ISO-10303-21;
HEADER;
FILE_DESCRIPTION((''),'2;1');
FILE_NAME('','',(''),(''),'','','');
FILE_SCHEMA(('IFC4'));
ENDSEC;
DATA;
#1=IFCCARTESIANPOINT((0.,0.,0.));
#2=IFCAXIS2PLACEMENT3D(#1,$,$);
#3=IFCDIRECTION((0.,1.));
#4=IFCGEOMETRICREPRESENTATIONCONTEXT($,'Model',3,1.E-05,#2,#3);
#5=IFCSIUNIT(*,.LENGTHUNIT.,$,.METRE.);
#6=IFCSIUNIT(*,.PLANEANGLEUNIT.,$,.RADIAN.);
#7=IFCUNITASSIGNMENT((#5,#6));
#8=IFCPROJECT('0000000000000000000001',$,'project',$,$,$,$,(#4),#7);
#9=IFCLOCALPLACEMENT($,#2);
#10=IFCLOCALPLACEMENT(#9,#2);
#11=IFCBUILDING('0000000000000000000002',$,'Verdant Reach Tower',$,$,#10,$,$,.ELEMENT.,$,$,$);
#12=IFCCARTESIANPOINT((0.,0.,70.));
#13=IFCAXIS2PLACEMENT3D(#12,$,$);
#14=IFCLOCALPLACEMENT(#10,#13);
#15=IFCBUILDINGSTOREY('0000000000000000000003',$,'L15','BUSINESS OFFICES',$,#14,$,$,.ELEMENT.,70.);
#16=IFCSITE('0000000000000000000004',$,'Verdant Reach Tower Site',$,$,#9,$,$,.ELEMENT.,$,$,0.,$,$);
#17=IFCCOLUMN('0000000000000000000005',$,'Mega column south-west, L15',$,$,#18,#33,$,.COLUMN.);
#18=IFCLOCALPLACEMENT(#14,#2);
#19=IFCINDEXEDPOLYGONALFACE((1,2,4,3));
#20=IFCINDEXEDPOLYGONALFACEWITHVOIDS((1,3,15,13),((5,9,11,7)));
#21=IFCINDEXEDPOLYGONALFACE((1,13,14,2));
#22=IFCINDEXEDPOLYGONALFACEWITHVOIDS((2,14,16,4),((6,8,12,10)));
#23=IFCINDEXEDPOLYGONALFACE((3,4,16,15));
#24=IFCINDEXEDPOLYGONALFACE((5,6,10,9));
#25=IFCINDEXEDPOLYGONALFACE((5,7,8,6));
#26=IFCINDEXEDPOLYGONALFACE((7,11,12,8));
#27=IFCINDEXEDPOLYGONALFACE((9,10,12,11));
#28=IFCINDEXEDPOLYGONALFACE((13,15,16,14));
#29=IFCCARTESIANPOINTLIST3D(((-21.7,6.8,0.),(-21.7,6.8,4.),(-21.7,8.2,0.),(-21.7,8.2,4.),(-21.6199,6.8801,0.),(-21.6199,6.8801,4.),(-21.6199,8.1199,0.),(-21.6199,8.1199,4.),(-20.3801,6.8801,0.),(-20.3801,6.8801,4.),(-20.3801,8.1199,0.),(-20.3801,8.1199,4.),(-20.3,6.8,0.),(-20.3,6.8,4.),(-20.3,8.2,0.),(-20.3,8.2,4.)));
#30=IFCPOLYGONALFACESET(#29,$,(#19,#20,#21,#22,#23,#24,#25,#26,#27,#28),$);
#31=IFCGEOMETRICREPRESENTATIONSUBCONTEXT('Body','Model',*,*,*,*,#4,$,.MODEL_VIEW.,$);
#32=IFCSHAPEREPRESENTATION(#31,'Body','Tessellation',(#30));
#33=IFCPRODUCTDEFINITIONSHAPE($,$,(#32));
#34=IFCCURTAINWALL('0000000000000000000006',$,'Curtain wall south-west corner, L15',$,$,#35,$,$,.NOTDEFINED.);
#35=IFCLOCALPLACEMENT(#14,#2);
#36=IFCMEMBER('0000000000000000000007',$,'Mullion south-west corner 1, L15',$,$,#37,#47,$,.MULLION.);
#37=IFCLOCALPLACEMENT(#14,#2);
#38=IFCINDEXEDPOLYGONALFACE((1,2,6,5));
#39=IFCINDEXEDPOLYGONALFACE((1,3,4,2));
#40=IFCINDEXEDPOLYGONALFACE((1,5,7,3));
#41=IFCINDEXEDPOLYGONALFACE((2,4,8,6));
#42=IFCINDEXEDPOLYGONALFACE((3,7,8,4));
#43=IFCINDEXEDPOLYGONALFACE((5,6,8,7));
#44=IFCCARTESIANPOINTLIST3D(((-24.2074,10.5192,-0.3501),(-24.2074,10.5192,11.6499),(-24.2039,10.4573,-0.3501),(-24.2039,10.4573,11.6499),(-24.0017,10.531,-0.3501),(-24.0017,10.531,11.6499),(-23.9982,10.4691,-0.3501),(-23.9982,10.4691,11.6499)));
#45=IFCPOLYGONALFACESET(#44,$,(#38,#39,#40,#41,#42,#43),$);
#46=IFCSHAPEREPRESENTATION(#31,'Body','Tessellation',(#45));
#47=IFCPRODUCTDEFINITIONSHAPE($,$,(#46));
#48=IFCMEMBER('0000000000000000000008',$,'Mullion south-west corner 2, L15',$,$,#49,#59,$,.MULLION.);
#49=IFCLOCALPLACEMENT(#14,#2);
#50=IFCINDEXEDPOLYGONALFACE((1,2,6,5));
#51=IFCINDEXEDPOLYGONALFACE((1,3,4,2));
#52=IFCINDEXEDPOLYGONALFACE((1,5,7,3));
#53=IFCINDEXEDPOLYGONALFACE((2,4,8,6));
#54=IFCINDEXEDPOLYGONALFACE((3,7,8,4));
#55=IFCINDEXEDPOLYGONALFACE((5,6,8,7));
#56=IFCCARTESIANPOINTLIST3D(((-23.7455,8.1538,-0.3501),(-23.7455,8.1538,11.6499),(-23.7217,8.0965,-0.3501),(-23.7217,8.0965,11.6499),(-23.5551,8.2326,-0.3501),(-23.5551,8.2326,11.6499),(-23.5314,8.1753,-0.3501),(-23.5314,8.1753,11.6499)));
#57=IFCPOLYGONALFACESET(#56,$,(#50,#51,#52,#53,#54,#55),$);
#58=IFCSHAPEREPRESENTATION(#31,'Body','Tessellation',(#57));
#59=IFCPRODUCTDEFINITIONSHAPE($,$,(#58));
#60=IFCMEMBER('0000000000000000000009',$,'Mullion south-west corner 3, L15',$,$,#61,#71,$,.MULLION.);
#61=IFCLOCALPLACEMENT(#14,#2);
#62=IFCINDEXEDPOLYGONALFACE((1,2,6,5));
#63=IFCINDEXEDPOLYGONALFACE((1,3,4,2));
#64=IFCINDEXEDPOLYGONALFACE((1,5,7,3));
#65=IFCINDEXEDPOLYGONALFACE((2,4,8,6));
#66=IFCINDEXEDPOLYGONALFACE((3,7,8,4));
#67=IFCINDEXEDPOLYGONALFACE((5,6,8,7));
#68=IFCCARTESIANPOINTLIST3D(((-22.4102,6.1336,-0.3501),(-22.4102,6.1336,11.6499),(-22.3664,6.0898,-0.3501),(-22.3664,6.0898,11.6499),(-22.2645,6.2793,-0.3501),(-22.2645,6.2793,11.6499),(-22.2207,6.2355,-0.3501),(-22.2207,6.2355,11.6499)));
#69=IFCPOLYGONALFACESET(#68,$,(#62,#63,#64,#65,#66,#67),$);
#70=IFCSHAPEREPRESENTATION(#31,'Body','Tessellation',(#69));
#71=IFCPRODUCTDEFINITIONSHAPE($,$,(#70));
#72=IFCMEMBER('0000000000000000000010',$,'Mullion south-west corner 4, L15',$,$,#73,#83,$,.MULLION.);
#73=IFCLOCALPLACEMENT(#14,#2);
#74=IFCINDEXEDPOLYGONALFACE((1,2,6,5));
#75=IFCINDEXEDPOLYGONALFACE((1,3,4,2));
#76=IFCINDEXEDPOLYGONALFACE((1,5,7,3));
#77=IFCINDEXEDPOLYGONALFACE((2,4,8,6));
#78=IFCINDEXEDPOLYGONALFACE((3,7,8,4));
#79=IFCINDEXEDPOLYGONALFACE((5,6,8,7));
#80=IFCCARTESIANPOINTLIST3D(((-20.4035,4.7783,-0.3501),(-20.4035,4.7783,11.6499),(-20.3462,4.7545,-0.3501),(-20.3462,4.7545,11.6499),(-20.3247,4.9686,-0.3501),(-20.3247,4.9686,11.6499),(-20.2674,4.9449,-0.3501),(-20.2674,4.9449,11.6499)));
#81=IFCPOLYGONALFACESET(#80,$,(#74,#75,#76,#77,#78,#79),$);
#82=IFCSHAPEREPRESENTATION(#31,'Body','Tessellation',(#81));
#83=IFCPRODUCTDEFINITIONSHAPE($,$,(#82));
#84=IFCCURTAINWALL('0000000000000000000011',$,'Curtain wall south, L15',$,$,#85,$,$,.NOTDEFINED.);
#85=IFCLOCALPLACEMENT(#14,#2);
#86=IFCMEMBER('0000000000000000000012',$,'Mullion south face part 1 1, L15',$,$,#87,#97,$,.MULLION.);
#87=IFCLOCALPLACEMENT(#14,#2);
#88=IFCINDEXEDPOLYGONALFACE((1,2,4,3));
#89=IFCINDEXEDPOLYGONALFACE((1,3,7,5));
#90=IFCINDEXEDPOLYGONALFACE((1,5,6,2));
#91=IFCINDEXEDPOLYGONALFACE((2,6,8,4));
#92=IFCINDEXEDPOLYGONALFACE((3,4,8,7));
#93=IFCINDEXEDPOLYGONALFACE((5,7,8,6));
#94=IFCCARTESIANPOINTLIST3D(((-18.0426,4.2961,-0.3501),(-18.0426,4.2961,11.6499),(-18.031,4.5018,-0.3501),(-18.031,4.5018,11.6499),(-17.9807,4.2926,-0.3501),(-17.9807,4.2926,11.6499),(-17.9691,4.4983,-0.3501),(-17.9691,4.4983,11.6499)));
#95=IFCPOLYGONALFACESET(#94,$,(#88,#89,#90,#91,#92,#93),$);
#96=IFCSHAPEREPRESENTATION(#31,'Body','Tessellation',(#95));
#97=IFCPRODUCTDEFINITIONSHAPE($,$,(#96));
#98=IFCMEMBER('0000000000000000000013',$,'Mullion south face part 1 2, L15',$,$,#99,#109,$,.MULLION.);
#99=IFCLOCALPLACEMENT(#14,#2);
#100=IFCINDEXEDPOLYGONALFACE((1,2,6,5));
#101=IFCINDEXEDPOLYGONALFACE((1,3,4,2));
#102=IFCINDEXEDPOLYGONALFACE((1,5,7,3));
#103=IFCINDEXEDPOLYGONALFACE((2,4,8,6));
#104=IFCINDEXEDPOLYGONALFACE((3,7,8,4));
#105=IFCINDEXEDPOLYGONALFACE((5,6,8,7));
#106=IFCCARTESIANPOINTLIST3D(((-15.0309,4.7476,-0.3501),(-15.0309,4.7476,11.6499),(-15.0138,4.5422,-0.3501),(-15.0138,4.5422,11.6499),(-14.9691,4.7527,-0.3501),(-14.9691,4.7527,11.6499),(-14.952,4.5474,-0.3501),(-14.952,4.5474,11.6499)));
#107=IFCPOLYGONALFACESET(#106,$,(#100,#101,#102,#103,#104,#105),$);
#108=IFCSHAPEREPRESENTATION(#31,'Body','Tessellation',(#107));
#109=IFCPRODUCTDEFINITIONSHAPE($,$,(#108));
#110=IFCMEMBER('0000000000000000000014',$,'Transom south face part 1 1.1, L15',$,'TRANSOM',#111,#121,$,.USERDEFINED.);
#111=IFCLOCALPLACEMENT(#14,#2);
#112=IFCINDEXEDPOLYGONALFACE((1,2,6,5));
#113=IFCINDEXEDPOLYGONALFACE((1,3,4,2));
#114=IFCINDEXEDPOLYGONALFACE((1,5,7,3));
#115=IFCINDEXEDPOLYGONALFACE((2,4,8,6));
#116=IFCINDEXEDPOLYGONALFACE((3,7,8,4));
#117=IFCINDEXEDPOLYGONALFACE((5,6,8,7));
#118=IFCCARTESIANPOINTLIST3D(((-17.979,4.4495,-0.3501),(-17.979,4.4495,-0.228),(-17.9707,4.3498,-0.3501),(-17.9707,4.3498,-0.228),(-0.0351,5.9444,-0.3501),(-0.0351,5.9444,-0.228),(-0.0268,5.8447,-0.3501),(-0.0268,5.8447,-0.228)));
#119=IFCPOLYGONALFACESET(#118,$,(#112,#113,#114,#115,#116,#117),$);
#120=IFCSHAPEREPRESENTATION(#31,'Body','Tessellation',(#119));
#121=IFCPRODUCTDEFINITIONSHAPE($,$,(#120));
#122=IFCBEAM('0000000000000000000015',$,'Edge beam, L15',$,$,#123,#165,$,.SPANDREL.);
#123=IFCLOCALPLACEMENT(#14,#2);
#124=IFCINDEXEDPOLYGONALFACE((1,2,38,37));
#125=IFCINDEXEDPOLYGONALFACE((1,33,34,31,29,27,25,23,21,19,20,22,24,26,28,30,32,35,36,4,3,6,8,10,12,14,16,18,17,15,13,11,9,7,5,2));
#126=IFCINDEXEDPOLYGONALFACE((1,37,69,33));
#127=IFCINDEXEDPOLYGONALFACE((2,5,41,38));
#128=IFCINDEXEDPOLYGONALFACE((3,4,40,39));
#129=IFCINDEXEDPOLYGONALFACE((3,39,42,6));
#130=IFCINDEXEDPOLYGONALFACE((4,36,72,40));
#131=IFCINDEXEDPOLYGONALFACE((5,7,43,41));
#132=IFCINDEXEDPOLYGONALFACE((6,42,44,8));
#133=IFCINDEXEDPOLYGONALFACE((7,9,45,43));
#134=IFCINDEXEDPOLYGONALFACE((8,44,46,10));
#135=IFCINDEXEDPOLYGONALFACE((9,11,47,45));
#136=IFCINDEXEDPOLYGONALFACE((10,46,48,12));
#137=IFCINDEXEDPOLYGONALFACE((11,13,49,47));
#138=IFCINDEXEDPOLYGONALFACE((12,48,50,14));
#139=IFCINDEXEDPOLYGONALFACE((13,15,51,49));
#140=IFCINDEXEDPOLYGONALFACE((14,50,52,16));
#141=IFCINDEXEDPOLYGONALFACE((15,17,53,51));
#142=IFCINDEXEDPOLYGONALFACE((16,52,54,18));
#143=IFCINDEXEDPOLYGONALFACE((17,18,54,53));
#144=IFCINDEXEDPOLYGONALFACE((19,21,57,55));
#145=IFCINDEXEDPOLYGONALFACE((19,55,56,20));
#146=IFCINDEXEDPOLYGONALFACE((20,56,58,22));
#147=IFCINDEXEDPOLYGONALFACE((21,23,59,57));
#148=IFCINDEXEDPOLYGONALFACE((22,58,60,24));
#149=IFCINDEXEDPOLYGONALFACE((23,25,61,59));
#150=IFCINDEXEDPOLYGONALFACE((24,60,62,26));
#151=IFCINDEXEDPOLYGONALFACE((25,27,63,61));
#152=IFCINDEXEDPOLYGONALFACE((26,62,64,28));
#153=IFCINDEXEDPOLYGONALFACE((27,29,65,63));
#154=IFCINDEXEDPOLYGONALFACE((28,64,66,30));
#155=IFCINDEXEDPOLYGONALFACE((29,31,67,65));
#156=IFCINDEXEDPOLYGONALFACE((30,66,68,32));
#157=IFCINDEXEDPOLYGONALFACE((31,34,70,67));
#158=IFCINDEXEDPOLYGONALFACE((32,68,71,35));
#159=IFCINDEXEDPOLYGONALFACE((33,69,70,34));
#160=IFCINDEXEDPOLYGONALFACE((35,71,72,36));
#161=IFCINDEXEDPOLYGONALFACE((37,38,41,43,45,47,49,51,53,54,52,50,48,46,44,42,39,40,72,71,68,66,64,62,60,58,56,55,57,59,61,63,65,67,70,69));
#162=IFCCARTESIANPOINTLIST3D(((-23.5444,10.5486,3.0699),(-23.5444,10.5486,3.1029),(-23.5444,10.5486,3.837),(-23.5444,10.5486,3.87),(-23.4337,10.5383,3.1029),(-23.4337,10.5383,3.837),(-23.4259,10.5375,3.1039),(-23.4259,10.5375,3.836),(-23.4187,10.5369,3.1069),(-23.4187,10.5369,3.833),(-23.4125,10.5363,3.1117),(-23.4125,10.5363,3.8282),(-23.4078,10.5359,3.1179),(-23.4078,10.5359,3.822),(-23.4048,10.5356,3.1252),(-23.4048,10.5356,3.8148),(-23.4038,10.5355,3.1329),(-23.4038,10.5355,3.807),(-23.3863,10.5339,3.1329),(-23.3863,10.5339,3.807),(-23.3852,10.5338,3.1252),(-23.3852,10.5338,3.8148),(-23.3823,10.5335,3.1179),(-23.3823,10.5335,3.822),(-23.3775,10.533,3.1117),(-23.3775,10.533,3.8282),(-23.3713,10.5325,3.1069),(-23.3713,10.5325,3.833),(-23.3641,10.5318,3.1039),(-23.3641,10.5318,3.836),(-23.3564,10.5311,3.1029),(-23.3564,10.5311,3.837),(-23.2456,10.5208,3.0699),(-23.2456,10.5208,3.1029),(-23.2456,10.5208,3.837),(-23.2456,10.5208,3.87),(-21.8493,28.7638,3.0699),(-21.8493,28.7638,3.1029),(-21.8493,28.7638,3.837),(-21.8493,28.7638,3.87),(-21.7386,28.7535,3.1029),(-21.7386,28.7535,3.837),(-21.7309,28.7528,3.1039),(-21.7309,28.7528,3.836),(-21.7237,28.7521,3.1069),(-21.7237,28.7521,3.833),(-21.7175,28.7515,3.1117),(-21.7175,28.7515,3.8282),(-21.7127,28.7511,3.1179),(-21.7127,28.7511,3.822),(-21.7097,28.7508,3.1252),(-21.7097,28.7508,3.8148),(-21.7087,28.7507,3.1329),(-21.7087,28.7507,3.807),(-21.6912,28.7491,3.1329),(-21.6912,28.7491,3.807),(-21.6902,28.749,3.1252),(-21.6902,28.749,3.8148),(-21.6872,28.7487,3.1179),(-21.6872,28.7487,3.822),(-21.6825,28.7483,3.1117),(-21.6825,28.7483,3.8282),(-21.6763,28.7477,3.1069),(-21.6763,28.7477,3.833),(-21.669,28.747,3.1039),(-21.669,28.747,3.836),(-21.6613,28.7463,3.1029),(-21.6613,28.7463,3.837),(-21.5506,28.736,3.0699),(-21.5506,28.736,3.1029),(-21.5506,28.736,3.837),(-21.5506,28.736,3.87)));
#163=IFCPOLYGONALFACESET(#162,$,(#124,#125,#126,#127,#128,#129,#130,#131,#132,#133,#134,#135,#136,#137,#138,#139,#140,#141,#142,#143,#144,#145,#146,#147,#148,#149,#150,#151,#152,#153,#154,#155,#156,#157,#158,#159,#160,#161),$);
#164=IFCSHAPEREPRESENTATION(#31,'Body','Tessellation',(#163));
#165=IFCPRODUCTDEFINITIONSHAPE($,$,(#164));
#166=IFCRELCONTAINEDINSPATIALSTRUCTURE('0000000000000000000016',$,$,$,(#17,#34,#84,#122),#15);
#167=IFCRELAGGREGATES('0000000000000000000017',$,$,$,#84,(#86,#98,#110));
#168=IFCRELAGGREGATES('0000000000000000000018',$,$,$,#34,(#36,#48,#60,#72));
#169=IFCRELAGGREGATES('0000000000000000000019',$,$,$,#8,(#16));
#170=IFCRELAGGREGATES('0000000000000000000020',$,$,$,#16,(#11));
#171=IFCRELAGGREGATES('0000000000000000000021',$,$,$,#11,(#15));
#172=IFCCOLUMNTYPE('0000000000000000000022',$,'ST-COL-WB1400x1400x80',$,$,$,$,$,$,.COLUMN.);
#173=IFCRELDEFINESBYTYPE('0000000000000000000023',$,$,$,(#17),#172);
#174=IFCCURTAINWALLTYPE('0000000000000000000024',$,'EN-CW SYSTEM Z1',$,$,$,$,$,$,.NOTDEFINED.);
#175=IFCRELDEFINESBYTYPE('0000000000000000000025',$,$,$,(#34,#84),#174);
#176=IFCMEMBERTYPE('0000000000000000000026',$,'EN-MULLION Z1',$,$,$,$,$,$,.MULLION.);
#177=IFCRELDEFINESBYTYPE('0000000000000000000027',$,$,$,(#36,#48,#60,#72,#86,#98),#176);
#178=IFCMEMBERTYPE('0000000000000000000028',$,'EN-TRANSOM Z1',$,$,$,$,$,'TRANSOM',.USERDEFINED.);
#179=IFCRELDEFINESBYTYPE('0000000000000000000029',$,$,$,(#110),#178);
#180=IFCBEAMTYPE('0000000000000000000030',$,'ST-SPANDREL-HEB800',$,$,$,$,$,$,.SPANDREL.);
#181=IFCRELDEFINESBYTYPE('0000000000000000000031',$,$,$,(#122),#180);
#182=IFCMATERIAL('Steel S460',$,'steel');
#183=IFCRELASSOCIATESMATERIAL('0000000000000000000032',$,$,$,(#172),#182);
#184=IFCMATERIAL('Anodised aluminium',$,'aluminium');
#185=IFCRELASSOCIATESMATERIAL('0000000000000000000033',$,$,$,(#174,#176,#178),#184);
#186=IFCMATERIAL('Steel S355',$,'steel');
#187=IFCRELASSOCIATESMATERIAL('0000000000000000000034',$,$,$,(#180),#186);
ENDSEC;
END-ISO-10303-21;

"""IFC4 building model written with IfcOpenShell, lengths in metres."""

from ifc_helpers import new_model, si_unit, direction, frame, origin, origin_2d, place, context, subcontext, project, spatial, rectangle, hollow_rectangle, i_section, extrude, material, material_profile, profile_set, type_object, element, aggregate, save


model = new_model("IFC4")

# Units and contexts
model_context = context("Model", 3, precision=1e-05, world=origin(), true_north=direction((0.0, 1.0)))
body_context = subcontext(model_context, "Body", "Model", "MODEL_VIEW")
ifc_project = project(units=[si_unit("LENGTHUNIT", "METRE"), si_unit("PLANEANGLEUNIT", "RADIAN")], contexts=[model_context])

# Site, building, storey
site_placement = place(None, origin())
site = spatial("IfcSite", under=ifc_project, at=site_placement, Name="Verdant Reach Tower Site", CompositionType="ELEMENT", RefElevation=0.0)
building_placement = place(site_placement, origin())
building = spatial("IfcBuilding", under=site, at=building_placement, Name="Verdant Reach Tower", CompositionType="ELEMENT")
storey_placement = place(building_placement, frame((0.0, 0.0, 70.0)))
storey = spatial("IfcBuildingStorey", under=building, at=storey_placement, Name="L15", Description="BUSINESS OFFICES", CompositionType="ELEMENT", Elevation=70.0)

# Column
ifc_material_1 = material(Name="Steel S460", Category="steel")
ifc_material_profile_1 = material_profile(ifc_material_1, hollow_rectangle(XDim=1.3999, YDim=1.3999, WallThickness=0.0801, at=origin_2d()), Name="WB 1400x1400x80")
ifc_profile_set_1 = profile_set([ifc_material_profile_1], Name="Steel S460")
column_type = type_object("IfcColumnType", Name="ST-COL-WB1400x1400x80", PredefinedType="COLUMN", material=ifc_profile_set_1)
column_placement = place(storey_placement, frame((-21.0, 7.5, 0.0), z_axis=(0.0, 0.0, 1.0), x_axis=(1.0, 0.0, 0.0)))
element("IfcColumn", 1, at=column_placement, inside=storey, type_object=column_type, Name="Mega column south-west, L15", PredefinedType="COLUMN", context=body_context, shape_type="SweptSolid", body=[
    extrude(hollow_rectangle(XDim=1.3999, YDim=1.3999, WallThickness=0.0801, at=origin_2d()), origin(), (0.0, 0.0, 1.0), 4.0),
])

# Curtain walls, members
ifc_material_2 = material(Name="Anodised aluminium", Category="aluminium")
curtain_wall_type = type_object("IfcCurtainWallType", Name="EN-CW SYSTEM Z1", PredefinedType="NOTDEFINED", material=ifc_material_2)
curtain_wall_1_placement = place(storey_placement, origin())
curtain_wall_1 = element("IfcCurtainWall", 2, at=curtain_wall_1_placement, inside=storey, type_object=curtain_wall_type, Name="Curtain wall south-west corner, L15", PredefinedType="NOTDEFINED")
ifc_material_profile_2 = material_profile(ifc_material_2, rectangle(XDim=0.2061, YDim=0.062, at=origin_2d()), Name="Mullion 62x206")
ifc_profile_set_2 = profile_set([ifc_material_profile_2], Name="Anodised aluminium")
member_type_1 = type_object("IfcMemberType", Name="EN-MULLION Z1", PredefinedType="MULLION", material=ifc_profile_set_2)
member_1_placement = place(storey_placement, frame((-24.1028, 10.4941, -0.3501), z_axis=(0.0, 0.0, 1.0), x_axis=(-0.998366, -0.057135, 0.0)))
member_1 = element("IfcMember", 3, at=member_1_placement, type_object=member_type_1, Name="Mullion south-west corner 1, L15", PredefinedType="MULLION", context=body_context, shape_type="SweptSolid", body=[
    extrude(rectangle(XDim=0.2061, YDim=0.062, at=origin_2d()), origin(), (0.0, 0.0, 1.0), 12.0),
])
member_2_placement = place(storey_placement, frame((-23.6384, 8.1646, -0.3501), z_axis=(0.0, 0.0, 1.0), x_axis=(-0.923875, -0.382694, 0.0)))
member_2 = element("IfcMember", 4, at=member_2_placement, type_object=member_type_1, Name="Mullion south-west corner 2, L15", PredefinedType="MULLION", context=body_context, shape_type="SweptSolid", body=[
    extrude(rectangle(XDim=0.2061, YDim=0.062, at=origin_2d()), origin(), (0.0, 0.0, 1.0), 12.0),
])
member_3_placement = place(storey_placement, frame((-22.3154, 6.1846, -0.3501), z_axis=(0.0, 0.0, 1.0), x_axis=(-0.707107, -0.707107, 0.0)))
member_3 = element("IfcMember", 5, at=member_3_placement, type_object=member_type_1, Name="Mullion south-west corner 3, L15", PredefinedType="MULLION", context=body_context, shape_type="SweptSolid", body=[
    extrude(rectangle(XDim=0.2061, YDim=0.062, at=origin_2d()), origin(), (0.0, 0.0, 1.0), 12.0),
])
member_4_placement = place(storey_placement, frame((-20.3354, 4.8616, -0.3501), z_axis=(0.0, 0.0, 1.0), x_axis=(-0.382694, -0.923875, 0.0)))
member_4 = element("IfcMember", 6, at=member_4_placement, type_object=member_type_1, Name="Mullion south-west corner 4, L15", PredefinedType="MULLION", context=body_context, shape_type="SweptSolid", body=[
    extrude(rectangle(XDim=0.2061, YDim=0.062, at=origin_2d()), origin(), (0.0, 0.0, 1.0), 12.0),
])
curtain_wall_2_placement = place(storey_placement, origin())
curtain_wall_2 = element("IfcCurtainWall", 7, at=curtain_wall_2_placement, inside=storey, type_object=curtain_wall_type, Name="Curtain wall south, L15", PredefinedType="NOTDEFINED")
member_5_placement = place(storey_placement, frame((-18.0059, 4.3972, -0.3501), z_axis=(0.0, 0.0, 1.0), x_axis=(-0.056569, -0.998399, 0.0)))
member_5 = element("IfcMember", 8, at=member_5_placement, type_object=member_type_1, Name="Mullion south face part 1 1, L15", PredefinedType="MULLION", context=body_context, shape_type="SweptSolid", body=[
    extrude(rectangle(XDim=0.2061, YDim=0.062, at=origin_2d()), origin(), (0.0, 0.0, 1.0), 12.0),
])
member_6_placement = place(storey_placement, frame((-14.9915, 4.6475, -0.3501), z_axis=(0.0, 0.0, 1.0), x_axis=(0.083045, -0.996546, 0.0)))
member_6 = element("IfcMember", 9, at=member_6_placement, type_object=member_type_1, Name="Mullion south face part 1 2, L15", PredefinedType="MULLION", context=body_context, shape_type="SweptSolid", body=[
    extrude(rectangle(XDim=0.2061, YDim=0.062, at=origin_2d()), origin(), (0.0, 0.0, 1.0), 12.0),
])
ifc_material_profile_3 = material_profile(ifc_material_2, rectangle(XDim=0.1001, YDim=0.1221, at=origin_2d()), Name="Transom 122x100")
ifc_profile_set_3 = profile_set([ifc_material_profile_3], Name="Anodised aluminium")
member_type_2 = type_object("IfcMemberType", Name="EN-TRANSOM Z1", ElementType="TRANSOM", PredefinedType="USERDEFINED", material=ifc_profile_set_3)
member_7_placement = place(storey_placement, frame((-17.9749, 4.3997, -0.2891), z_axis=(0.996548, 0.083021, 0.0), x_axis=(-0.083021, 0.996548, 0.0)))
member_7 = element("IfcMember", 10, at=member_7_placement, type_object=member_type_2, Name="Transom south face part 1 1.1, L15", ObjectType="TRANSOM", PredefinedType="USERDEFINED", context=body_context, shape_type="SweptSolid", body=[
    extrude(rectangle(XDim=0.1001, YDim=0.1221, at=origin_2d()), origin(), (0.0, 0.0, 1.0), 18.0061),
])

# Beam
ifc_material_3 = material(Name="Steel S355", Category="steel")
ifc_material_profile_4 = material_profile(ifc_material_3, i_section(OverallWidth=0.3, OverallDepth=0.8, WebThickness=0.0176, FlangeThickness=0.033, FilletRadius=0.03, at=origin_2d()), Name="HEB 800")
ifc_profile_set_4 = profile_set([ifc_material_profile_4], Name="Steel S355")
beam_type_1 = type_object("IfcBeamType", Name="ST-SPANDREL-HEB800", PredefinedType="SPANDREL", material=ifc_profile_set_4)
beam_1_placement = place(storey_placement, frame((-23.395, 10.5347, 3.47), z_axis=(0.092657, 0.995698, 0.0), x_axis=(-0.995698, 0.092657, 0.0)))
element("IfcBeam", 11, at=beam_1_placement, inside=storey, type_object=beam_type_1, Name="Edge beam, L15", PredefinedType="SPANDREL", context=body_context, shape_type="SweptSolid", body=[
    extrude(i_section(OverallWidth=0.3, OverallDepth=0.8, WebThickness=0.0176, FlangeThickness=0.033, FilletRadius=0.03, at=origin_2d()), origin(), (0.0, 0.0, 1.0), 18.2939),
])

aggregate(curtain_wall_2, [member_5, member_6, member_7])

aggregate(curtain_wall_1, [member_1, member_2, member_3, member_4])

save(model, "model.ifc")
